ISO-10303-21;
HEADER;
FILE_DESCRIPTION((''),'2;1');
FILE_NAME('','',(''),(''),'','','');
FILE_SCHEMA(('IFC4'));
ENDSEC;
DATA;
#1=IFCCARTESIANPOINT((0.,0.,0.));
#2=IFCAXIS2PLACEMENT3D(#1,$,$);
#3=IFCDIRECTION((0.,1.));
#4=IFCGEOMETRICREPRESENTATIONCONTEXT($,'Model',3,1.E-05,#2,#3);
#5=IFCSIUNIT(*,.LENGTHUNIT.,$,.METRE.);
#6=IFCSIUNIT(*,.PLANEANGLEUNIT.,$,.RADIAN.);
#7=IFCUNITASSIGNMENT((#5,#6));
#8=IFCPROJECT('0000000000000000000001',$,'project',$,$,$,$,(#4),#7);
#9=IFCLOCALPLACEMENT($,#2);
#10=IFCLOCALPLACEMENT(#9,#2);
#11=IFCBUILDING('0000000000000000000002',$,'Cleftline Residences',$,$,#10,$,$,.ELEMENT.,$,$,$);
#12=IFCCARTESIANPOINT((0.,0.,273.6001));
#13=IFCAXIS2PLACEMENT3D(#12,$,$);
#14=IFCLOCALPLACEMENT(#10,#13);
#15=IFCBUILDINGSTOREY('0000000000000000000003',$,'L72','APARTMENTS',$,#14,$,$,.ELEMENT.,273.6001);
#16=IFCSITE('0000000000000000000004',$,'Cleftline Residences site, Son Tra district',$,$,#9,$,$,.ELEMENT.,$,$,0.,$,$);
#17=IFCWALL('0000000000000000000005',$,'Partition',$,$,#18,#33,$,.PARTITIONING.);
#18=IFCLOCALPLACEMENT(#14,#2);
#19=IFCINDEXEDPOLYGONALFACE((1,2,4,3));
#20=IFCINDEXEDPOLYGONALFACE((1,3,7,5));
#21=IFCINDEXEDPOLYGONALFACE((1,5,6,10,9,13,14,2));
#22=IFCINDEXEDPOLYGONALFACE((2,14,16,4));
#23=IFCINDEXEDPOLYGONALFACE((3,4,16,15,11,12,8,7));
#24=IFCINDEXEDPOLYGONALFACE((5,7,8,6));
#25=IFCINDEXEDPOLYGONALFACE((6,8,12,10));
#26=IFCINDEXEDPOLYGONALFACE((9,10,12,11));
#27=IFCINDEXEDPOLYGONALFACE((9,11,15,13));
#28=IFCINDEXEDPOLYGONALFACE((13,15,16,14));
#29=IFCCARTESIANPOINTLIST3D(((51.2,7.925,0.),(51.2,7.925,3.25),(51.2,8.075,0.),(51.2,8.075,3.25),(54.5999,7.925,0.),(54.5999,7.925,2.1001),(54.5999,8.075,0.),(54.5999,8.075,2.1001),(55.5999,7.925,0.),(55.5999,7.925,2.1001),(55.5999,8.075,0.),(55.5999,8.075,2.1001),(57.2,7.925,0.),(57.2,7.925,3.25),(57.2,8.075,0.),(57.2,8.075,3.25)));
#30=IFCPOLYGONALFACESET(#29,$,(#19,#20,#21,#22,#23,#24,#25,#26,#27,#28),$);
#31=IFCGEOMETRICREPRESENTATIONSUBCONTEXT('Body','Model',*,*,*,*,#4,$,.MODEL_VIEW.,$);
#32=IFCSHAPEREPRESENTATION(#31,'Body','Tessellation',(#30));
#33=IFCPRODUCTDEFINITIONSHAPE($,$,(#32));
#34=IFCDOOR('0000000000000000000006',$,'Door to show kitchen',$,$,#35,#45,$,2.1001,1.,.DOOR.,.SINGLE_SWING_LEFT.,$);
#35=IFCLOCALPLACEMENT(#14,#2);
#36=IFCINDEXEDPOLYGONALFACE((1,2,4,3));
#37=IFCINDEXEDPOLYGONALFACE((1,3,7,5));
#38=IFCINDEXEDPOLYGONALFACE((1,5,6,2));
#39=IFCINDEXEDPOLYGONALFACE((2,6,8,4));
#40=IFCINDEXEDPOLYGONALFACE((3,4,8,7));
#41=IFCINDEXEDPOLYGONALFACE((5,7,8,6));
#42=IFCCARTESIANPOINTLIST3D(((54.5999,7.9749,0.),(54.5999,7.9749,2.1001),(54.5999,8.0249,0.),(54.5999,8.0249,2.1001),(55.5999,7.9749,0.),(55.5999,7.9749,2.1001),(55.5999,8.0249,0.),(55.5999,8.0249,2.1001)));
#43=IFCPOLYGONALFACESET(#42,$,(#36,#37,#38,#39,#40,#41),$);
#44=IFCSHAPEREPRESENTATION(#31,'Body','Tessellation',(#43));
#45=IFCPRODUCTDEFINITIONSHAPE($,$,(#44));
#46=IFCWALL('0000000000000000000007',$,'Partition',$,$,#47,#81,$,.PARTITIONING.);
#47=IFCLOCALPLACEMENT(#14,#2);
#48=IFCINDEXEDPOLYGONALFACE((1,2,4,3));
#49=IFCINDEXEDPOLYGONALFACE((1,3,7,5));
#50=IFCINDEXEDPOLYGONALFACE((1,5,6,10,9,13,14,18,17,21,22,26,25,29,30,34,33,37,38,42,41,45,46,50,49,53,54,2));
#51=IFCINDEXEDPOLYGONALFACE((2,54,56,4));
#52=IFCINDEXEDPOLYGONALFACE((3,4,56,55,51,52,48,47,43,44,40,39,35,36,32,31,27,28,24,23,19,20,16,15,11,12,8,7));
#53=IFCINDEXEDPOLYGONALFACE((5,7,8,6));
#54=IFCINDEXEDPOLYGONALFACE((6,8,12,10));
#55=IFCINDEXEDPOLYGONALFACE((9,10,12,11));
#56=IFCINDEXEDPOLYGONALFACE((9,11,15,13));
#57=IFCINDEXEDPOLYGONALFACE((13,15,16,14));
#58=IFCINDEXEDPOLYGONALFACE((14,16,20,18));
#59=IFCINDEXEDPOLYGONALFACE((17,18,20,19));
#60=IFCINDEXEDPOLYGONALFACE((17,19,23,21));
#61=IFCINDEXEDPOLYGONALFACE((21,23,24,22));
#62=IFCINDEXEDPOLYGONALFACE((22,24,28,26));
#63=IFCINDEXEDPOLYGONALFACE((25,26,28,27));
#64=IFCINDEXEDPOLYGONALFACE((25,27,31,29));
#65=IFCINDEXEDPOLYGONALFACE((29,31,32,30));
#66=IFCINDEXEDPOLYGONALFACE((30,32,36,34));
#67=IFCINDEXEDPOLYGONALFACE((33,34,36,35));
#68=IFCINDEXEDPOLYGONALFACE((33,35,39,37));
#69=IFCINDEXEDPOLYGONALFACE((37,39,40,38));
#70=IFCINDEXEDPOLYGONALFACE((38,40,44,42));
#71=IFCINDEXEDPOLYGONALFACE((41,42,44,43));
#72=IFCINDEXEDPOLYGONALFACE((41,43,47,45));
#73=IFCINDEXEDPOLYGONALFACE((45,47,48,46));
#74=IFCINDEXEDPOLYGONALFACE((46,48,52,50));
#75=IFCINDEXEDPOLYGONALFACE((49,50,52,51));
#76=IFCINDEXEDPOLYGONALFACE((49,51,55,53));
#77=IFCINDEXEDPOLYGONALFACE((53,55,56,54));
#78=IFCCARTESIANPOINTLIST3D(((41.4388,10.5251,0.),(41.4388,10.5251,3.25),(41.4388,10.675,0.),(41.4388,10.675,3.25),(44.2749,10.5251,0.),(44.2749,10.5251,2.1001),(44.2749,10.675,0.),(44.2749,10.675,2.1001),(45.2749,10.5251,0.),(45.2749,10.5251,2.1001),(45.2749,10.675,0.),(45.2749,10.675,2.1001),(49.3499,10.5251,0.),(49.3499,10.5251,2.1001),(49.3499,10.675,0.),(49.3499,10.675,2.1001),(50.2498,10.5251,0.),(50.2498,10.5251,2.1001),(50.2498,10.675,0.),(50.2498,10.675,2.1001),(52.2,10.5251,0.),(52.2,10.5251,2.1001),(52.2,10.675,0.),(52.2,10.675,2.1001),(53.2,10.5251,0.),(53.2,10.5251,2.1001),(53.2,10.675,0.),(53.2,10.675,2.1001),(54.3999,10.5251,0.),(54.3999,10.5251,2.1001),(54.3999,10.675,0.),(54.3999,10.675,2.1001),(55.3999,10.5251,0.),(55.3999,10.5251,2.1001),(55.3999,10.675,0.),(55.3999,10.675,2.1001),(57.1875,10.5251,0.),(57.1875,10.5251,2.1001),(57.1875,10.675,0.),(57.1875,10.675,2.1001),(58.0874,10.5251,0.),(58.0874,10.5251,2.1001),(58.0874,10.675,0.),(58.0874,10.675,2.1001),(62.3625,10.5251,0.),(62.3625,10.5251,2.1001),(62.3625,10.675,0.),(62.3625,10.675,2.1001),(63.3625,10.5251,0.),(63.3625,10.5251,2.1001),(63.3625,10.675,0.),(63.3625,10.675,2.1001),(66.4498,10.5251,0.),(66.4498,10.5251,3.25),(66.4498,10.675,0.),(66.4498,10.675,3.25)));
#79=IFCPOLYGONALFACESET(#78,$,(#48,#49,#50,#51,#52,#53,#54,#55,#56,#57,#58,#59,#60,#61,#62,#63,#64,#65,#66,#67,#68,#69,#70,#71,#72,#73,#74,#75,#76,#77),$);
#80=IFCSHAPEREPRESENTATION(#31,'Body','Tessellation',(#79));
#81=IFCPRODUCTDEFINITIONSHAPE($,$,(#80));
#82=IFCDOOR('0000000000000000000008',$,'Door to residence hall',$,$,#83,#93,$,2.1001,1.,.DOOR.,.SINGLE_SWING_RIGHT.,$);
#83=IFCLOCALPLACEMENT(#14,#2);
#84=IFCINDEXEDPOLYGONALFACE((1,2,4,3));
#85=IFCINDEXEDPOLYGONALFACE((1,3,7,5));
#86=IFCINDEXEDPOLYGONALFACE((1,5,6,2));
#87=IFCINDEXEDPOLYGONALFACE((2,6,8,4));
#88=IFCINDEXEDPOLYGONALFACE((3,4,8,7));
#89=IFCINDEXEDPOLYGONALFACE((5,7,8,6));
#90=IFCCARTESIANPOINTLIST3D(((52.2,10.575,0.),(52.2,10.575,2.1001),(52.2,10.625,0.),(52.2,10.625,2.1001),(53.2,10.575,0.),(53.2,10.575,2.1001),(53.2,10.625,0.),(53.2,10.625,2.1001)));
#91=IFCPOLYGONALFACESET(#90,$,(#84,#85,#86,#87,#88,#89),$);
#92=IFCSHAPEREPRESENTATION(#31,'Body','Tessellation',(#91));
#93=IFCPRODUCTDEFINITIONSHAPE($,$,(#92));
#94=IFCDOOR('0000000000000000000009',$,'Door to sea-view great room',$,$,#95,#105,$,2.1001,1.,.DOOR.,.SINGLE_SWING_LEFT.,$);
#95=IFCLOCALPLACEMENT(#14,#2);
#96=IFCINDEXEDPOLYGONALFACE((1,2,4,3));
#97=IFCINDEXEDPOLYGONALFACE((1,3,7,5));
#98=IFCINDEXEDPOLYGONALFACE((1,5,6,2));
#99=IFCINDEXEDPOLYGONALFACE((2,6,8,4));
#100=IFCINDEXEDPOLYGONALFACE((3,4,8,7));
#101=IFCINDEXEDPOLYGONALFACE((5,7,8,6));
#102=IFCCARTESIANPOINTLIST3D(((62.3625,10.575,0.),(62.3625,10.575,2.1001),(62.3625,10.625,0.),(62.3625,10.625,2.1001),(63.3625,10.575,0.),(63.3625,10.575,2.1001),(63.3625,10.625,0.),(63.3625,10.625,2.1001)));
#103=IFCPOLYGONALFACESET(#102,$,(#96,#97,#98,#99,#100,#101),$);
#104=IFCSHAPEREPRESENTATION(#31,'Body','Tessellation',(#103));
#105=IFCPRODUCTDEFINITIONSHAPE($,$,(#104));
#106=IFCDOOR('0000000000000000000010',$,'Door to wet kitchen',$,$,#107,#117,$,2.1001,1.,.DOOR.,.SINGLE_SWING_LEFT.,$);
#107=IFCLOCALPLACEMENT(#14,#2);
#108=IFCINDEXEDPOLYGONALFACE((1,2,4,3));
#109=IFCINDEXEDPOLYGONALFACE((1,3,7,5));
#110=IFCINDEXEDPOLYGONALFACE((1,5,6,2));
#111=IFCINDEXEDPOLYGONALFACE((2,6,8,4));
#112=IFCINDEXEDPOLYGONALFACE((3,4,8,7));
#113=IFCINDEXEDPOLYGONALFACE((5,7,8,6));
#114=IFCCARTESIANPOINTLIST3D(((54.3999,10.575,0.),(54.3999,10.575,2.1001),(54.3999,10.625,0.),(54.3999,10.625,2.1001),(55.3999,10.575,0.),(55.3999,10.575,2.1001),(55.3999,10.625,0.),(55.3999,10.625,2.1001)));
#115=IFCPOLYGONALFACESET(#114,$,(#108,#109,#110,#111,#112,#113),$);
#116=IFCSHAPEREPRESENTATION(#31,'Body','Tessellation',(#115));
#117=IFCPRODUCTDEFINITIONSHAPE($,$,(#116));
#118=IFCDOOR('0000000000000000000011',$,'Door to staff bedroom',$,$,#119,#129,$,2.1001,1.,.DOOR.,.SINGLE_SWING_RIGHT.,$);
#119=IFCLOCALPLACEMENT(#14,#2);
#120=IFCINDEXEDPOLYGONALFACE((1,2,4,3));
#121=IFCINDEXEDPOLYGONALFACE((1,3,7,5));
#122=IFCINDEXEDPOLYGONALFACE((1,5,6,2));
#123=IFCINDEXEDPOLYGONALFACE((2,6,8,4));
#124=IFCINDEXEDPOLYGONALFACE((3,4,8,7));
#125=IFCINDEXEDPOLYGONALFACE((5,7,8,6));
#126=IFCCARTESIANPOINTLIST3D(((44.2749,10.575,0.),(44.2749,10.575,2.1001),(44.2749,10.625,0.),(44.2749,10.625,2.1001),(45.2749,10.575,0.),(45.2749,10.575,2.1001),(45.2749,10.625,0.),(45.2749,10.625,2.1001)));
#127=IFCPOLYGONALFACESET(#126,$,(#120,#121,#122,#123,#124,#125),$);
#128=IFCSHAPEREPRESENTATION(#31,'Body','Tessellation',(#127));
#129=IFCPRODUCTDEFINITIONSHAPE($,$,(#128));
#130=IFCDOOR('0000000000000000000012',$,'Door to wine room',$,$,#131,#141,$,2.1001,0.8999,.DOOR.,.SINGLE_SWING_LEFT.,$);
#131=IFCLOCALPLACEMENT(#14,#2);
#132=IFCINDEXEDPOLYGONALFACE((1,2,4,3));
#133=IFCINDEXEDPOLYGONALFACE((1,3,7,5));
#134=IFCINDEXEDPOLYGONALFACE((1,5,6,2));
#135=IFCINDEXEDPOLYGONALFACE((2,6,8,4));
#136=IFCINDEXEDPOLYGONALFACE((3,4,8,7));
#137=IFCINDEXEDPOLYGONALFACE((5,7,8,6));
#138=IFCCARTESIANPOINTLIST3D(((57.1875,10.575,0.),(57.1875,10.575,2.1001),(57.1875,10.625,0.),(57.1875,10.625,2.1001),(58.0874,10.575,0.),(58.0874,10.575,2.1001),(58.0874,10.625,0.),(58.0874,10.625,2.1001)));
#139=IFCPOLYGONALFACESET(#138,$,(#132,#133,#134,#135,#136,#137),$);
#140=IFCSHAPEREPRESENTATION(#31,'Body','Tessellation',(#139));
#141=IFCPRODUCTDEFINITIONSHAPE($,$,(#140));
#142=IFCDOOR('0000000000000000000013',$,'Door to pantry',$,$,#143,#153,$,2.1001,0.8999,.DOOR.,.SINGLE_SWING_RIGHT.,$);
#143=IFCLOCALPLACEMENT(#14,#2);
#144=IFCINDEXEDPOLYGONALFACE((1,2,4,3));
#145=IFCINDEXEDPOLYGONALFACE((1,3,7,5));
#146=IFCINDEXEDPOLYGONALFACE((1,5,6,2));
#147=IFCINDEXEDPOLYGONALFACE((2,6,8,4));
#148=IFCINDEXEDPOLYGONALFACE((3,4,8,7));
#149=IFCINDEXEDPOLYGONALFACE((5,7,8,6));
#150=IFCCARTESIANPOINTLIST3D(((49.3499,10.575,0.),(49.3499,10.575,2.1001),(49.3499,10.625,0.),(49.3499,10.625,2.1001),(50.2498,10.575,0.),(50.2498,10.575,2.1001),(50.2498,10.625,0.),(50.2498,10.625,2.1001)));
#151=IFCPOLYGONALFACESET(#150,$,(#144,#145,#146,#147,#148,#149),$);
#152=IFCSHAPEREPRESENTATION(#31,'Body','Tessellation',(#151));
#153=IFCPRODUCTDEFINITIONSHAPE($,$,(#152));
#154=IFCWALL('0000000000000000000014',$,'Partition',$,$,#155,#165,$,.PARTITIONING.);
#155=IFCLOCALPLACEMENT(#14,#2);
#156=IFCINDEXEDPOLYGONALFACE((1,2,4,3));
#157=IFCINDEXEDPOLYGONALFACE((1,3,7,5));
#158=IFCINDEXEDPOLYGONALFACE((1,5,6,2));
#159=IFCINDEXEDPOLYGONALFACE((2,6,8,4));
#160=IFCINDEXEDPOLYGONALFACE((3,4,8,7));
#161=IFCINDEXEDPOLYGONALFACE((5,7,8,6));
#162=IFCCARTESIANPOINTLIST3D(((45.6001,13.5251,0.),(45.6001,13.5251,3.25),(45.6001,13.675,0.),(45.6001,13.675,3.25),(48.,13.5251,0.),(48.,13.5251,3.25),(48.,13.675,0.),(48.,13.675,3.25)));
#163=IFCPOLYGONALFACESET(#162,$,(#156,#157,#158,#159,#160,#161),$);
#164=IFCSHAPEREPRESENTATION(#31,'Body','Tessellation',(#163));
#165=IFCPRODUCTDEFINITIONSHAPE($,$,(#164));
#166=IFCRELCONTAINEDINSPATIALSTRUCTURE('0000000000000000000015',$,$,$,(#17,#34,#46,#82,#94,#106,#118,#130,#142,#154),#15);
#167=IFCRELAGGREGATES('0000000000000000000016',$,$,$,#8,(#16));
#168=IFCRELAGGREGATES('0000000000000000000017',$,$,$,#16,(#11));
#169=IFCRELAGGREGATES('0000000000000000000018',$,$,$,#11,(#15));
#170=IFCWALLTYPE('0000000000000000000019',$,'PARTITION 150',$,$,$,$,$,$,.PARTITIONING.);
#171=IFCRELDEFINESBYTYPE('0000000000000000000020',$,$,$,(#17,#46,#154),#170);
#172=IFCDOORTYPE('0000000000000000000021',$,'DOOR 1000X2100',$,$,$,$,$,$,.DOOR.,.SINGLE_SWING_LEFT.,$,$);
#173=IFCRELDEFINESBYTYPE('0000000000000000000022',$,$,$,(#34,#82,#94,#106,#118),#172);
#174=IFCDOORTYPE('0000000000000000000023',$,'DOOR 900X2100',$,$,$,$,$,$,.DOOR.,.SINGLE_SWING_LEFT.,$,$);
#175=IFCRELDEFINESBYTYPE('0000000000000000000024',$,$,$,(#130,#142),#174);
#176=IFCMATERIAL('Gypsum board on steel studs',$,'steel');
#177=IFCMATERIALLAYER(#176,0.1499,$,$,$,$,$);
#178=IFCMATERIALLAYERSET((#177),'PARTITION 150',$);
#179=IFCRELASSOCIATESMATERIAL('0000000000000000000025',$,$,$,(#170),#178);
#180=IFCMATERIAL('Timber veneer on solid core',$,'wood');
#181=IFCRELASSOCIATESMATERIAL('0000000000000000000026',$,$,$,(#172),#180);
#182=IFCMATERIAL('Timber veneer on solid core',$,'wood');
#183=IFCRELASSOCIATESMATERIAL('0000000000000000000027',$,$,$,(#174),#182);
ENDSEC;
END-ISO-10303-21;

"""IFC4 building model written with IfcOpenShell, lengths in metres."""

from ifc_helpers import new_model, si_unit, direction, frame, frame_2d, origin, place, context, subcontext, project, spatial, rectangle, extrude, material, layer, layer_set, type_object, element, fill, save


model = new_model("IFC4")

# Units and contexts
model_context = context("Model", 3, precision=1e-05, world=origin(), true_north=direction((0.0, 1.0)))
body_context = subcontext(model_context, "Body", "Model", "MODEL_VIEW")
ifc_project = project(units=[si_unit("LENGTHUNIT", "METRE"), si_unit("PLANEANGLEUNIT", "RADIAN")], contexts=[model_context])

# Site, building, storey
site_placement = place(None, origin())
site = spatial("IfcSite", under=ifc_project, at=site_placement, Name="Cleftline Residences site, Son Tra district", CompositionType="ELEMENT", RefElevation=0.0)
building_placement = place(site_placement, origin())
building = spatial("IfcBuilding", under=site, at=building_placement, Name="Cleftline Residences", CompositionType="ELEMENT")
storey_placement = place(building_placement, frame((0.0, 0.0, 273.6001)))
storey = spatial("IfcBuildingStorey", under=building, at=storey_placement, Name="L72", Description="APARTMENTS", CompositionType="ELEMENT", Elevation=273.6001)

# Wall, opening, door
ifc_material_1 = material(Name="Gypsum board on steel studs", Category="steel")
ifc_layer_1 = layer(ifc_material_1, 0.1499)
ifc_layer_set_1 = layer_set([ifc_layer_1], Name="PARTITION 150")
wall_type_1 = type_object("IfcWallType", Name="PARTITION 150", PredefinedType="PARTITIONING", material=ifc_layer_set_1)
ifc_material_2 = material(Name="Timber veneer on solid core", Category="wood")
door_type_1 = type_object("IfcDoorType", Name="DOOR 1000X2100", OperationType="SINGLE_SWING_LEFT", PredefinedType="DOOR", material=ifc_material_2)
wall_1_placement = place(storey_placement, frame((51.2, 8.0, 0.0), z_axis=(0.0, 0.0, 1.0), x_axis=(1.0, 0.0, 0.0)))
wall_1 = element("IfcWall", 1, at=wall_1_placement, inside=storey, type_object=wall_type_1, Name="Partition", PredefinedType="PARTITIONING", context=body_context, shape_type="SweptSolid", body=[
    extrude(rectangle(XDim=6.0, YDim=0.1499, at=frame_2d((3.0, 0.0))), origin(), (0.0, 0.0, 1.0), 3.25),
])
opening_1_placement = place(wall_1_placement, frame((3.3999, 0.0, 0.0)))
opening_1 = element("IfcOpeningElement", 2, at=opening_1_placement, cuts=wall_1, PredefinedType="OPENING", context=body_context, shape_type="SweptSolid", body=[
    extrude(rectangle(XDim=1.0, YDim=2.1001, at=frame_2d((0.5, 1.05))), frame((0.0, 0.085, 0.0), z_axis=(0.0, -1.0, 0.0), x_axis=(1.0, 0.0, 0.0)), (0.0, 0.0, 1.0), 0.1699),
])
door_1_placement = place(opening_1_placement, origin())
door_1 = element("IfcDoor", 3, at=door_1_placement, inside=storey, type_object=door_type_1, Name="Door to show kitchen", OperationType="SINGLE_SWING_LEFT", OverallHeight=2.1001, OverallWidth=1.0, PredefinedType="DOOR", context=body_context, shape_type="SweptSolid", body=[
    extrude(rectangle(XDim=1.0, YDim=2.1001, at=frame_2d((0.5, 1.05))), frame((0.0, 0.0249, 0.0), z_axis=(0.0, -1.0, 0.0), x_axis=(1.0, 0.0, 0.0)), (0.0, 0.0, 1.0), 0.05),
])
fill(opening_1, door_1)

# Wall, openings, doors
wall_2_placement = place(storey_placement, frame((41.439, 10.6001, 0.0), z_axis=(0.0, 0.0, 1.0), x_axis=(1.0, 0.0, 0.0)))
wall_2 = element("IfcWall", 4, at=wall_2_placement, inside=storey, type_object=wall_type_1, Name="Partition", PredefinedType="PARTITIONING", context=body_context, shape_type="SweptSolid", body=[
    extrude(rectangle(XDim=25.011, YDim=0.1499, at=frame_2d((12.5054, 0.0))), origin(), (0.0, 0.0, 1.0), 3.25),
])
opening_2_placement = place(wall_2_placement, frame((10.761, 0.0, 0.0)))
opening_2 = element("IfcOpeningElement", 5, at=opening_2_placement, cuts=wall_2, PredefinedType="OPENING", context=body_context, shape_type="SweptSolid", body=[
    extrude(rectangle(XDim=1.0, YDim=2.1001, at=frame_2d((0.5, 1.05))), frame((0.0, 0.085, 0.0), z_axis=(0.0, -1.0, 0.0), x_axis=(1.0, 0.0, 0.0)), (0.0, 0.0, 1.0), 0.1699),
])
opening_3_placement = place(wall_2_placement, frame((20.9236, 0.0, 0.0)))
opening_3 = element("IfcOpeningElement", 6, at=opening_3_placement, cuts=wall_2, PredefinedType="OPENING", context=body_context, shape_type="SweptSolid", body=[
    extrude(rectangle(XDim=1.0, YDim=2.1001, at=frame_2d((0.5, 1.05))), frame((0.0, 0.085, 0.0), z_axis=(0.0, -1.0, 0.0), x_axis=(1.0, 0.0, 0.0)), (0.0, 0.0, 1.0), 0.1699),
])
opening_4_placement = place(wall_2_placement, frame((15.7485, 0.0, 0.0)))
opening_4 = element("IfcOpeningElement", 7, at=opening_4_placement, cuts=wall_2, PredefinedType="OPENING", context=body_context, shape_type="SweptSolid", body=[
    extrude(rectangle(XDim=0.8999, YDim=2.1001, at=frame_2d((0.45, 1.05))), frame((0.0, 0.085, 0.0), z_axis=(0.0, -1.0, 0.0), x_axis=(1.0, 0.0, 0.0)), (0.0, 0.0, 1.0), 0.1699),
])
opening_5_placement = place(wall_2_placement, frame((12.9609, 0.0, 0.0)))
opening_5 = element("IfcOpeningElement", 8, at=opening_5_placement, cuts=wall_2, PredefinedType="OPENING", context=body_context, shape_type="SweptSolid", body=[
    extrude(rectangle(XDim=1.0, YDim=2.1001, at=frame_2d((0.5, 1.05))), frame((0.0, 0.085, 0.0), z_axis=(0.0, -1.0, 0.0), x_axis=(1.0, 0.0, 0.0)), (0.0, 0.0, 1.0), 0.1699),
])
opening_6_placement = place(wall_2_placement, frame((7.9109, 0.0, 0.0)))
opening_6 = element("IfcOpeningElement", 9, at=opening_6_placement, cuts=wall_2, PredefinedType="OPENING", context=body_context, shape_type="SweptSolid", body=[
    extrude(rectangle(XDim=0.8999, YDim=2.1001, at=frame_2d((0.45, 1.05))), frame((0.0, 0.085, 0.0), z_axis=(0.0, -1.0, 0.0), x_axis=(1.0, 0.0, 0.0)), (0.0, 0.0, 1.0), 0.1699),
])
opening_7_placement = place(wall_2_placement, frame((2.8359, 0.0, 0.0)))
opening_7 = element("IfcOpeningElement", 10, at=opening_7_placement, cuts=wall_2, PredefinedType="OPENING", context=body_context, shape_type="SweptSolid", body=[
    extrude(rectangle(XDim=1.0, YDim=2.1001, at=frame_2d((0.5, 1.05))), frame((0.0, 0.085, 0.0), z_axis=(0.0, -1.0, 0.0), x_axis=(1.0, 0.0, 0.0)), (0.0, 0.0, 1.0), 0.1699),
])
door_2_placement = place(opening_2_placement, origin())
door_2 = element("IfcDoor", 11, at=door_2_placement, inside=storey, type_object=door_type_1, Name="Door to residence hall", OperationType="SINGLE_SWING_RIGHT", OverallHeight=2.1001, OverallWidth=1.0, PredefinedType="DOOR", context=body_context, shape_type="SweptSolid", body=[
    extrude(rectangle(XDim=1.0, YDim=2.1001, at=frame_2d((0.5, 1.05))), frame((0.0, 0.0249, 0.0), z_axis=(0.0, -1.0, 0.0), x_axis=(1.0, 0.0, 0.0)), (0.0, 0.0, 1.0), 0.05),
])
fill(opening_2, door_2)
door_3_placement = place(opening_3_placement, origin())
door_3 = element("IfcDoor", 12, at=door_3_placement, inside=storey, type_object=door_type_1, Name="Door to sea-view great room", OperationType="SINGLE_SWING_LEFT", OverallHeight=2.1001, OverallWidth=1.0, PredefinedType="DOOR", context=body_context, shape_type="SweptSolid", body=[
    extrude(rectangle(XDim=1.0, YDim=2.1001, at=frame_2d((0.5, 1.05))), frame((0.0, 0.0249, 0.0), z_axis=(0.0, -1.0, 0.0), x_axis=(1.0, 0.0, 0.0)), (0.0, 0.0, 1.0), 0.05),
])
fill(opening_3, door_3)
door_4_placement = place(opening_5_placement, origin())
door_4 = element("IfcDoor", 13, at=door_4_placement, inside=storey, type_object=door_type_1, Name="Door to wet kitchen", OperationType="SINGLE_SWING_LEFT", OverallHeight=2.1001, OverallWidth=1.0, PredefinedType="DOOR", context=body_context, shape_type="SweptSolid", body=[
    extrude(rectangle(XDim=1.0, YDim=2.1001, at=frame_2d((0.5, 1.05))), frame((0.0, 0.0249, 0.0), z_axis=(0.0, -1.0, 0.0), x_axis=(1.0, 0.0, 0.0)), (0.0, 0.0, 1.0), 0.05),
])
fill(opening_5, door_4)
door_5_placement = place(opening_7_placement, origin())
door_5 = element("IfcDoor", 14, at=door_5_placement, inside=storey, type_object=door_type_1, Name="Door to staff bedroom", OperationType="SINGLE_SWING_RIGHT", OverallHeight=2.1001, OverallWidth=1.0, PredefinedType="DOOR", context=body_context, shape_type="SweptSolid", body=[
    extrude(rectangle(XDim=1.0, YDim=2.1001, at=frame_2d((0.5, 1.05))), frame((0.0, 0.0249, 0.0), z_axis=(0.0, -1.0, 0.0), x_axis=(1.0, 0.0, 0.0)), (0.0, 0.0, 1.0), 0.05),
])
fill(opening_7, door_5)
ifc_material_3 = material(Name="Timber veneer on solid core", Category="wood")
door_type_2 = type_object("IfcDoorType", Name="DOOR 900X2100", OperationType="SINGLE_SWING_LEFT", PredefinedType="DOOR", material=ifc_material_3)
door_6_placement = place(opening_4_placement, origin())
door_6 = element("IfcDoor", 15, at=door_6_placement, inside=storey, type_object=door_type_2, Name="Door to wine room", OperationType="SINGLE_SWING_LEFT", OverallHeight=2.1001, OverallWidth=0.8999, PredefinedType="DOOR", context=body_context, shape_type="SweptSolid", body=[
    extrude(rectangle(XDim=0.8999, YDim=2.1001, at=frame_2d((0.45, 1.05))), frame((0.0, 0.0249, 0.0), z_axis=(0.0, -1.0, 0.0), x_axis=(1.0, 0.0, 0.0)), (0.0, 0.0, 1.0), 0.05),
])
fill(opening_4, door_6)
door_7_placement = place(opening_6_placement, origin())
door_7 = element("IfcDoor", 16, at=door_7_placement, inside=storey, type_object=door_type_2, Name="Door to pantry", OperationType="SINGLE_SWING_RIGHT", OverallHeight=2.1001, OverallWidth=0.8999, PredefinedType="DOOR", context=body_context, shape_type="SweptSolid", body=[
    extrude(rectangle(XDim=0.8999, YDim=2.1001, at=frame_2d((0.45, 1.05))), frame((0.0, 0.0249, 0.0), z_axis=(0.0, -1.0, 0.0), x_axis=(1.0, 0.0, 0.0)), (0.0, 0.0, 1.0), 0.05),
])
fill(opening_6, door_7)

# Wall
wall_3_placement = place(storey_placement, frame((45.6001, 13.6001, 0.0), z_axis=(0.0, 0.0, 1.0), x_axis=(1.0, 0.0, 0.0)))
element("IfcWall", 17, at=wall_3_placement, inside=storey, type_object=wall_type_1, Name="Partition", PredefinedType="PARTITIONING", context=body_context, shape_type="SweptSolid", body=[
    extrude(rectangle(XDim=2.3999, YDim=0.1499, at=frame_2d((1.2, 0.0))), origin(), (0.0, 0.0, 1.0), 3.25),
])

save(model, "model.ifc")
